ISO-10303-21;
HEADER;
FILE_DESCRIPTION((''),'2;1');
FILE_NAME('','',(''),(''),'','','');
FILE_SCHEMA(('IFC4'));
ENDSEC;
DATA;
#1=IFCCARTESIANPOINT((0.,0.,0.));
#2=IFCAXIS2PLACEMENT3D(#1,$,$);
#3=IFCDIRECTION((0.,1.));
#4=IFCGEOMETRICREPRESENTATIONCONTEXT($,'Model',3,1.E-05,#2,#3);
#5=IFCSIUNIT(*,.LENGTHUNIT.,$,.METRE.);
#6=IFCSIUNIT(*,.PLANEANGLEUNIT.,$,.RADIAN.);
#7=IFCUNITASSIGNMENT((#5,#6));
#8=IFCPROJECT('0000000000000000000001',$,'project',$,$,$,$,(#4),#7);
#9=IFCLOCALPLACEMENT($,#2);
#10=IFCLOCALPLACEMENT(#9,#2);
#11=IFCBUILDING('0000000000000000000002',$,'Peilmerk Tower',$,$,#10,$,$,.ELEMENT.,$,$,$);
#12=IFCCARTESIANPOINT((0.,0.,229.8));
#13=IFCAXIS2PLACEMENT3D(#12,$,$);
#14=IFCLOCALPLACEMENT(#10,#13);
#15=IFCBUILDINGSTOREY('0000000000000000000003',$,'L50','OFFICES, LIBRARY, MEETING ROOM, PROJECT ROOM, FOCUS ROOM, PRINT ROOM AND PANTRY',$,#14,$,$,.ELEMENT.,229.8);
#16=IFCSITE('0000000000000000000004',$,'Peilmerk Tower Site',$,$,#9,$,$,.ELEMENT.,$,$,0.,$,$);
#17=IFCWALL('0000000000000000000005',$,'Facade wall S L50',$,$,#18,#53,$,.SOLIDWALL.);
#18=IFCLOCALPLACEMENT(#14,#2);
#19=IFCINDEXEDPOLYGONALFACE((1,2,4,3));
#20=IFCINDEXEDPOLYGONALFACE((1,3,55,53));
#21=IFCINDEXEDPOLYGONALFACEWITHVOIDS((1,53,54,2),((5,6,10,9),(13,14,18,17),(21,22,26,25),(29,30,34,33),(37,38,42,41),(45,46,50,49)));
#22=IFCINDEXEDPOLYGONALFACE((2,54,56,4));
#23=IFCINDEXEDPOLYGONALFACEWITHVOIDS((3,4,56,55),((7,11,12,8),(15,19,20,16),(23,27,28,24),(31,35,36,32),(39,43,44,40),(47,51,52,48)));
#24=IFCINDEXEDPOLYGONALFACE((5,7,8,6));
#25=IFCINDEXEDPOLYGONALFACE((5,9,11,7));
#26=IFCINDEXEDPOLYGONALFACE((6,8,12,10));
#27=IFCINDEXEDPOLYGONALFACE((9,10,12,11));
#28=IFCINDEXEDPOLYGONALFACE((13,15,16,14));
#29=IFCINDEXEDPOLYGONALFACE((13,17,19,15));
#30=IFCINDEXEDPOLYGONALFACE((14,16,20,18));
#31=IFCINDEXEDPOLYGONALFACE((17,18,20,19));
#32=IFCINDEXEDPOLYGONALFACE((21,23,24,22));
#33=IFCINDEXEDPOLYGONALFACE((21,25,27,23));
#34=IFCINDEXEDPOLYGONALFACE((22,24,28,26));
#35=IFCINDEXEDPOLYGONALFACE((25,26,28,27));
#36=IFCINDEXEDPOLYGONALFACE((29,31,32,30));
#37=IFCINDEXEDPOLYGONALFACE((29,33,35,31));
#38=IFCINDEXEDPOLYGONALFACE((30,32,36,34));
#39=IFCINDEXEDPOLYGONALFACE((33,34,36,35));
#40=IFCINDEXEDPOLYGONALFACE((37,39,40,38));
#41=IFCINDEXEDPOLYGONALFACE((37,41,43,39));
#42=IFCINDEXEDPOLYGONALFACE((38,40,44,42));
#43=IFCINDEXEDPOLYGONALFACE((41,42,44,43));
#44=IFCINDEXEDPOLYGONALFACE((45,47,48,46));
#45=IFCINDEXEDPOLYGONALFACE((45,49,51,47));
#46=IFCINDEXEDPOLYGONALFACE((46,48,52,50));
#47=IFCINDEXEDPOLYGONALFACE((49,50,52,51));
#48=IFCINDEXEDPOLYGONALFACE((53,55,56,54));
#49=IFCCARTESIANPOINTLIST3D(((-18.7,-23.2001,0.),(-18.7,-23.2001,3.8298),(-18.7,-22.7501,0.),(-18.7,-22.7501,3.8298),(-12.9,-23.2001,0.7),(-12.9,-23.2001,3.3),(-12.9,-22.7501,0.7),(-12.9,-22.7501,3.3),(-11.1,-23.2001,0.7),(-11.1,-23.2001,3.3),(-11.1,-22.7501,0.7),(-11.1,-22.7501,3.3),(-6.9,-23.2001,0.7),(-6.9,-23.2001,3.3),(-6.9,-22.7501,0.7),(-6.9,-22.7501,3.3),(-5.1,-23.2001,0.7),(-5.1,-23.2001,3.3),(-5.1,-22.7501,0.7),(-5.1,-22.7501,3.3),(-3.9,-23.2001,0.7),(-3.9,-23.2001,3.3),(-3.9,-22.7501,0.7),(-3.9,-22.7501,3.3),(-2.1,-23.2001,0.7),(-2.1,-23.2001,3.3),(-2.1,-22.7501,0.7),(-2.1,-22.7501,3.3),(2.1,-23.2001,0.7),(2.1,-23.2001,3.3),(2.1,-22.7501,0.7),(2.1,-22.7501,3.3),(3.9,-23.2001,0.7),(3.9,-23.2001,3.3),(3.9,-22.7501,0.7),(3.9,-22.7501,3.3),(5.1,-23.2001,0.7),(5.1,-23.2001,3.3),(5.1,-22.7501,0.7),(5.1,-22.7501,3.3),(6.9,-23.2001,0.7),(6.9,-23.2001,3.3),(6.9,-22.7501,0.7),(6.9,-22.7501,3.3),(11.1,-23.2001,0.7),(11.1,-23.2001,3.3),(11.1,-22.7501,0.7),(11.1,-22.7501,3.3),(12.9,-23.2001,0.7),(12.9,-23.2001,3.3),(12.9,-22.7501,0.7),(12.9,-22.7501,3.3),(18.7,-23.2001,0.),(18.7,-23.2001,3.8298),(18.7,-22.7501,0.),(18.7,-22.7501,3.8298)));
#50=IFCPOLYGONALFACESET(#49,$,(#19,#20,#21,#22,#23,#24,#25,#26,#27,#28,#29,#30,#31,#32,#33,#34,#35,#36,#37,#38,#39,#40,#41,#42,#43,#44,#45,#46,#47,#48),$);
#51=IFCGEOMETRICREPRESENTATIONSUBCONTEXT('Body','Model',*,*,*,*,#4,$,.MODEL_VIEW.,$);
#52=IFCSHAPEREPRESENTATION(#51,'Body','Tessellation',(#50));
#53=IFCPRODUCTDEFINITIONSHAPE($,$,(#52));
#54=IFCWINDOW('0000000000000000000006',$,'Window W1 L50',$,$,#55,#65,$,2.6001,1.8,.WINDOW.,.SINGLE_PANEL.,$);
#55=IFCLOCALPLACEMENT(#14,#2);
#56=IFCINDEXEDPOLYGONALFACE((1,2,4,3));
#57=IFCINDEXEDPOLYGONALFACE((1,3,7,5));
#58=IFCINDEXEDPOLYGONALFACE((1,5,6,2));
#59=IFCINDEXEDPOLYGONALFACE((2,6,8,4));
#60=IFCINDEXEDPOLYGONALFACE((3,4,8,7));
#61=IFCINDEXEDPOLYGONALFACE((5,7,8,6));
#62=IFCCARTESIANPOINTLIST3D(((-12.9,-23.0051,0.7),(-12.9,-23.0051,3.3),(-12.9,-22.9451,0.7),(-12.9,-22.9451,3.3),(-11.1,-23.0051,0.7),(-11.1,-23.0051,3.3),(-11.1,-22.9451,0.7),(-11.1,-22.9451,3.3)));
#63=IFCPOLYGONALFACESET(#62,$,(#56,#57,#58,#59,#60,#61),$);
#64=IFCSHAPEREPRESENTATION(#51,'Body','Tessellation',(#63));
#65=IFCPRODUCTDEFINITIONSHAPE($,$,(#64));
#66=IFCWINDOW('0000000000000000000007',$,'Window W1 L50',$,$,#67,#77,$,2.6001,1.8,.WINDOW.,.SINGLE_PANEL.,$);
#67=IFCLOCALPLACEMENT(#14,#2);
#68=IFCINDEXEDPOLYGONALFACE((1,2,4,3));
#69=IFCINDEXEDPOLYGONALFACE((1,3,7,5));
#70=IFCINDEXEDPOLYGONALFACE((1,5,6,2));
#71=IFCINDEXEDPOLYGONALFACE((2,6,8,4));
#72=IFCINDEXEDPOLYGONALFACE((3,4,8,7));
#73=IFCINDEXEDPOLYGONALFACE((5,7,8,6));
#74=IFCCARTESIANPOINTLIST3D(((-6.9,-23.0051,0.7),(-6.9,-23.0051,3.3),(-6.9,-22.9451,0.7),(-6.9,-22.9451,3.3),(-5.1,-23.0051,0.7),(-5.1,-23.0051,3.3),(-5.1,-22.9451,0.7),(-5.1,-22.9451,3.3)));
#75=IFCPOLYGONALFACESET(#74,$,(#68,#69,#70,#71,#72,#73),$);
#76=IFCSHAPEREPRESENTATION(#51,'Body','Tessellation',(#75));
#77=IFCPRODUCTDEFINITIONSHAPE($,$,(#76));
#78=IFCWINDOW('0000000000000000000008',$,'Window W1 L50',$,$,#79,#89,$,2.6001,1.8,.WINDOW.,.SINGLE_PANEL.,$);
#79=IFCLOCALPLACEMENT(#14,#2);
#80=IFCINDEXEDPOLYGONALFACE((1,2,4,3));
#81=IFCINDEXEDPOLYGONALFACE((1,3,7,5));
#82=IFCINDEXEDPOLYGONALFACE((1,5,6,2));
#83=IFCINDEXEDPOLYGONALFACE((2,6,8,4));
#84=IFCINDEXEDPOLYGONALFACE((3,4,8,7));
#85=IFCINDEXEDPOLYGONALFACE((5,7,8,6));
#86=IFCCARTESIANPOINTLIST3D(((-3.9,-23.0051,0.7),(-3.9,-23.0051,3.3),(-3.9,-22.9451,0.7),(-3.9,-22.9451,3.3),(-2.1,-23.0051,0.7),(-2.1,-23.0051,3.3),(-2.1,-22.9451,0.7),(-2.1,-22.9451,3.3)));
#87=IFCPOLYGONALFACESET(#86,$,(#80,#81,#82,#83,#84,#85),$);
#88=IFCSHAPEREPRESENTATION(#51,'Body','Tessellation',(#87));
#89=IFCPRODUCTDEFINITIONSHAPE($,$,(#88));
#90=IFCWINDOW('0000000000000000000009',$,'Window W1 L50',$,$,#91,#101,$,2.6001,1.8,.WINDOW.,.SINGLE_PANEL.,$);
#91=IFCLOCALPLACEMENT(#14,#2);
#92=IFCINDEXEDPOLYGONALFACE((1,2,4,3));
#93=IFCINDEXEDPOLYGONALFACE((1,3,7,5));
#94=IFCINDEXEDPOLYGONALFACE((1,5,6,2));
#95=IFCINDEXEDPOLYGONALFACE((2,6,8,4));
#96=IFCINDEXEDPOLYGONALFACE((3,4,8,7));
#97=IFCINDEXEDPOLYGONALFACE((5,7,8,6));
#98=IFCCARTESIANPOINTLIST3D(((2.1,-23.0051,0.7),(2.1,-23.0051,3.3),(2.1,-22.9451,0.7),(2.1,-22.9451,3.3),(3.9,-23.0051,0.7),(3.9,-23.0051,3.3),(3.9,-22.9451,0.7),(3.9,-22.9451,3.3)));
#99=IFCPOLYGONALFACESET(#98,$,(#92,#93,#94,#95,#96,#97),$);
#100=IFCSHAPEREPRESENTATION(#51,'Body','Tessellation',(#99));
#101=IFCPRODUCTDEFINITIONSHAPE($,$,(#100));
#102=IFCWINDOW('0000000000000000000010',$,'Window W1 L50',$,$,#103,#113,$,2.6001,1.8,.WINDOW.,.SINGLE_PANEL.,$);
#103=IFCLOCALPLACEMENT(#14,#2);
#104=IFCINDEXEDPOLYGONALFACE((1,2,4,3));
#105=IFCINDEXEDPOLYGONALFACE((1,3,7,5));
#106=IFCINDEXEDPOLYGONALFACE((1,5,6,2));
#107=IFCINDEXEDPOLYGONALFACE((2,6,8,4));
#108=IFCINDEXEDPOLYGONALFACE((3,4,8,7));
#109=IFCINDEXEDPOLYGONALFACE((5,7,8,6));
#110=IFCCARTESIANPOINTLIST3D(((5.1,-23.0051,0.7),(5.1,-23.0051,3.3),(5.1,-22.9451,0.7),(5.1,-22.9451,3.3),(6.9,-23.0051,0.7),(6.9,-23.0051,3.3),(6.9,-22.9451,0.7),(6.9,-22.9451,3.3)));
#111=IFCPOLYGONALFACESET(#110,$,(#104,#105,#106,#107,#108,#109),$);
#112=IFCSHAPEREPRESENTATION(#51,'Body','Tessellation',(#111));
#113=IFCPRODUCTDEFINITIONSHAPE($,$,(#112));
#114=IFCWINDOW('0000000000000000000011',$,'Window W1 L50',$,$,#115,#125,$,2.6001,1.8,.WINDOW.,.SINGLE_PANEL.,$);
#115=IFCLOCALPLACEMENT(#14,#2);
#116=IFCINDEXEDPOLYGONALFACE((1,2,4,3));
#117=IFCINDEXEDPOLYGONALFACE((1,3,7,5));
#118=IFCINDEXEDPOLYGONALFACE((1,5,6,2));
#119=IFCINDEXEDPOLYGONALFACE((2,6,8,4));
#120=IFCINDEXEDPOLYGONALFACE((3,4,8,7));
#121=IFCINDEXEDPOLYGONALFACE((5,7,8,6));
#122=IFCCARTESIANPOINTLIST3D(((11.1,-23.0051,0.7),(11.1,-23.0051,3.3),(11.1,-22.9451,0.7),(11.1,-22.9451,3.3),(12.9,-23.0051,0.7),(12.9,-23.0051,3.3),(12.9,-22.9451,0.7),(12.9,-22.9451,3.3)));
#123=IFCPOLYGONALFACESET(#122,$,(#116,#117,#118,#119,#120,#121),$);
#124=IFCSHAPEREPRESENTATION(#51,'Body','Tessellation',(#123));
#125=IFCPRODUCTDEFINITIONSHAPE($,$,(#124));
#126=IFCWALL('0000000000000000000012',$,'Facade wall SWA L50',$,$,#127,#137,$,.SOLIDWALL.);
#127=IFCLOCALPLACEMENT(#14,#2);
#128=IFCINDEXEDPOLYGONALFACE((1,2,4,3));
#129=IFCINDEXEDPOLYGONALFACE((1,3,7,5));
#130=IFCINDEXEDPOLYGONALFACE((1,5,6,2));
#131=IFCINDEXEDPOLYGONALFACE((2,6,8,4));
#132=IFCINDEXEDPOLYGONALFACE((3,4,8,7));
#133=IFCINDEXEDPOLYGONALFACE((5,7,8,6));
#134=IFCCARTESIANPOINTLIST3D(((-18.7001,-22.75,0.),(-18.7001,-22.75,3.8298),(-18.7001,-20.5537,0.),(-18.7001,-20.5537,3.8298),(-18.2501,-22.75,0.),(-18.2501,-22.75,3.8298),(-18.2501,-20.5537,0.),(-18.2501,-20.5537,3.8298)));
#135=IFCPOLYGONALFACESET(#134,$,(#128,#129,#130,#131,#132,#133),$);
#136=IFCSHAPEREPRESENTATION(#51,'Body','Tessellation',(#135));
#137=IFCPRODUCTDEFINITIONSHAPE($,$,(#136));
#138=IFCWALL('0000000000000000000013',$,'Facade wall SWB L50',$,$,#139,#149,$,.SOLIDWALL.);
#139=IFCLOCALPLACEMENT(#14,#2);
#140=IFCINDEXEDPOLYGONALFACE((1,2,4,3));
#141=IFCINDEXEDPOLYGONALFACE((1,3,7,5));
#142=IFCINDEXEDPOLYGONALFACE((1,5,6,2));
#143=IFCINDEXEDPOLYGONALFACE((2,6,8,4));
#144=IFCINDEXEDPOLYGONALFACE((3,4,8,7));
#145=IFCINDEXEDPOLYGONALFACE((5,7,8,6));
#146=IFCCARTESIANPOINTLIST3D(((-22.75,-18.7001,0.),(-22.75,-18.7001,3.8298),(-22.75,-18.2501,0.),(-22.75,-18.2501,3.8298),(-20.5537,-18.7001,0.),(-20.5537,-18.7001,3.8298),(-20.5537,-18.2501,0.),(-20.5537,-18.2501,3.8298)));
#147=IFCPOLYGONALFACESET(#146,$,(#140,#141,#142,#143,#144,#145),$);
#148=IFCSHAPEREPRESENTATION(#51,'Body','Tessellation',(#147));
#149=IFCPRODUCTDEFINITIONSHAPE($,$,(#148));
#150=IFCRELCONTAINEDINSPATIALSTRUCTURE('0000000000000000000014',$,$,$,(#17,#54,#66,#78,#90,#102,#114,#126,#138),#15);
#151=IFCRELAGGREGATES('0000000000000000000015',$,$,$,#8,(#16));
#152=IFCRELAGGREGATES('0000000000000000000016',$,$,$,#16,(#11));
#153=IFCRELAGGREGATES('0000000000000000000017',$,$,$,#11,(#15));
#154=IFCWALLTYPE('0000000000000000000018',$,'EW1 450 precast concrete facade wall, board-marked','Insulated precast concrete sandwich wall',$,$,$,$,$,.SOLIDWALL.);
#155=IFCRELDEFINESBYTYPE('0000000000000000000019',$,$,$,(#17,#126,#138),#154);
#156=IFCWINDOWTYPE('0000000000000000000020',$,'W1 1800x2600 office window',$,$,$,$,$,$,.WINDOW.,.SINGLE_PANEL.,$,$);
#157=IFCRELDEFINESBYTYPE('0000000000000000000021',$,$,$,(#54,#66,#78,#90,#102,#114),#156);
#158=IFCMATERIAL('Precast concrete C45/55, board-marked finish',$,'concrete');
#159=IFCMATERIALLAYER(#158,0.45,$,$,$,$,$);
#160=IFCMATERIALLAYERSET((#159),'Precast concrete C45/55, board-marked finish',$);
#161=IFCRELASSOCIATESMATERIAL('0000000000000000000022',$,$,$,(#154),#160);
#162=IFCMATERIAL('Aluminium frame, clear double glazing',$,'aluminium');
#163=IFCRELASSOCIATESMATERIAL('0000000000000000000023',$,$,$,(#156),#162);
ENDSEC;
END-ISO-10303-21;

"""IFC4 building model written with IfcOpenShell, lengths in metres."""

from ifc_helpers import new_model, si_unit, direction, frame, frame_2d, origin, place, context, subcontext, project, spatial, rectangle, extrude, material, layer, layer_set, type_object, element, fill, save


model = new_model("IFC4")

# Units and contexts
model_context = context("Model", 3, precision=1e-05, world=origin(), true_north=direction((0.0, 1.0)))
body_context = subcontext(model_context, "Body", "Model", "MODEL_VIEW")
ifc_project = project(units=[si_unit("LENGTHUNIT", "METRE"), si_unit("PLANEANGLEUNIT", "RADIAN")], contexts=[model_context])

# Site, building, storey
site_placement = place(None, origin())
site = spatial("IfcSite", under=ifc_project, at=site_placement, Name="Peilmerk Tower Site", CompositionType="ELEMENT", RefElevation=0.0)
building_placement = place(site_placement, origin())
building = spatial("IfcBuilding", under=site, at=building_placement, Name="Peilmerk Tower", CompositionType="ELEMENT")
storey_placement = place(building_placement, frame((0.0, 0.0, 229.8)))
storey = spatial("IfcBuildingStorey", under=building, at=storey_placement, Name="L50", Description="OFFICES, LIBRARY, MEETING ROOM, PROJECT ROOM, FOCUS ROOM, PRINT ROOM AND PANTRY", CompositionType="ELEMENT", Elevation=229.8)

# Wall, openings, windows
ifc_material_1 = material(Name="Precast concrete C45/55, board-marked finish", Category="concrete")
ifc_layer_1 = layer(ifc_material_1, 0.45)
ifc_layer_set_1 = layer_set([ifc_layer_1], Name="Precast concrete C45/55, board-marked finish")
wall_type = type_object("IfcWallType", Name="EW1 450 precast concrete facade wall, board-marked", Description="Insulated precast concrete sandwich wall", PredefinedType="SOLIDWALL", material=ifc_layer_set_1)
wall_placement = place(storey_placement, frame((-18.7, -22.9751, 0.0), z_axis=(0.0, 0.0, 1.0), x_axis=(1.0, 0.0, 0.0)))
wall = element("IfcWall", 1, at=wall_placement, inside=storey, type_object=wall_type, Name="Facade wall S L50", PredefinedType="SOLIDWALL", context=body_context, shape_type="SweptSolid", body=[
    extrude(rectangle(XDim=37.3999, YDim=0.45, at=frame_2d((18.7, 0.0))), origin(), (0.0, 0.0, 1.0), 3.8298),
])
opening_1_placement = place(wall_placement, frame((5.8, 0.0, 0.7)))
opening_1 = element("IfcOpeningElement", 2, at=opening_1_placement, cuts=wall, PredefinedType="OPENING", context=body_context, shape_type="SweptSolid", body=[
    extrude(rectangle(XDim=1.8, YDim=2.6001, at=frame_2d((0.8999, 1.3))), frame((0.0, 0.2349, 0.0), z_axis=(0.0, -1.0, 0.0), x_axis=(1.0, 0.0, 0.0)), (0.0, 0.0, 1.0), 0.47),
])
opening_2_placement = place(wall_placement, frame((11.8, 0.0, 0.7)))
opening_2 = element("IfcOpeningElement", 3, at=opening_2_placement, cuts=wall, PredefinedType="OPENING", context=body_context, shape_type="SweptSolid", body=[
    extrude(rectangle(XDim=1.8, YDim=2.6001, at=frame_2d((0.8999, 1.3))), frame((0.0, 0.2349, 0.0), z_axis=(0.0, -1.0, 0.0), x_axis=(1.0, 0.0, 0.0)), (0.0, 0.0, 1.0), 0.47),
])
opening_3_placement = place(wall_placement, frame((14.8, 0.0, 0.7)))
opening_3 = element("IfcOpeningElement", 4, at=opening_3_placement, cuts=wall, PredefinedType="OPENING", context=body_context, shape_type="SweptSolid", body=[
    extrude(rectangle(XDim=1.8, YDim=2.6001, at=frame_2d((0.8999, 1.3))), frame((0.0, 0.2349, 0.0), z_axis=(0.0, -1.0, 0.0), x_axis=(1.0, 0.0, 0.0)), (0.0, 0.0, 1.0), 0.47),
])
opening_4_placement = place(wall_placement, frame((20.8, 0.0, 0.7)))
opening_4 = element("IfcOpeningElement", 5, at=opening_4_placement, cuts=wall, PredefinedType="OPENING", context=body_context, shape_type="SweptSolid", body=[
    extrude(rectangle(XDim=1.8, YDim=2.6001, at=frame_2d((0.8999, 1.3))), frame((0.0, 0.2349, 0.0), z_axis=(0.0, -1.0, 0.0), x_axis=(1.0, 0.0, 0.0)), (0.0, 0.0, 1.0), 0.47),
])
opening_5_placement = place(wall_placement, frame((23.8, 0.0, 0.7)))
opening_5 = element("IfcOpeningElement", 6, at=opening_5_placement, cuts=wall, PredefinedType="OPENING", context=body_context, shape_type="SweptSolid", body=[
    extrude(rectangle(XDim=1.8, YDim=2.6001, at=frame_2d((0.8999, 1.3))), frame((0.0, 0.2349, 0.0), z_axis=(0.0, -1.0, 0.0), x_axis=(1.0, 0.0, 0.0)), (0.0, 0.0, 1.0), 0.47),
])
opening_6_placement = place(wall_placement, frame((29.8, 0.0, 0.7)))
opening_6 = element("IfcOpeningElement", 7, at=opening_6_placement, cuts=wall, PredefinedType="OPENING", context=body_context, shape_type="SweptSolid", body=[
    extrude(rectangle(XDim=1.8, YDim=2.6001, at=frame_2d((0.8999, 1.3))), frame((0.0, 0.2349, 0.0), z_axis=(0.0, -1.0, 0.0), x_axis=(1.0, 0.0, 0.0)), (0.0, 0.0, 1.0), 0.47),
])
ifc_material_2 = material(Name="Aluminium frame, clear double glazing", Category="aluminium")
window_type = type_object("IfcWindowType", Name="W1 1800x2600 office window", PartitioningType="SINGLE_PANEL", PredefinedType="WINDOW", material=ifc_material_2)
window_1_placement = place(opening_1_placement, origin())
window_1 = element("IfcWindow", 8, at=window_1_placement, inside=storey, type_object=window_type, Name="Window W1 L50", OverallHeight=2.6001, OverallWidth=1.8, PartitioningType="SINGLE_PANEL", PredefinedType="WINDOW", context=body_context, shape_type="SweptSolid", body=[
    extrude(rectangle(XDim=1.8, YDim=2.6001, at=frame_2d((0.8999, 1.3))), frame((0.0, 0.03, 0.0), z_axis=(0.0, -1.0, 0.0), x_axis=(1.0, 0.0, 0.0)), (0.0, 0.0, 1.0), 0.0601),
])
fill(opening_1, window_1)
window_2_placement = place(opening_2_placement, origin())
window_2 = element("IfcWindow", 9, at=window_2_placement, inside=storey, type_object=window_type, Name="Window W1 L50", OverallHeight=2.6001, OverallWidth=1.8, PartitioningType="SINGLE_PANEL", PredefinedType="WINDOW", context=body_context, shape_type="SweptSolid", body=[
    extrude(rectangle(XDim=1.8, YDim=2.6001, at=frame_2d((0.8999, 1.3))), frame((0.0, 0.03, 0.0), z_axis=(0.0, -1.0, 0.0), x_axis=(1.0, 0.0, 0.0)), (0.0, 0.0, 1.0), 0.0601),
])
fill(opening_2, window_2)
window_3_placement = place(opening_3_placement, origin())
window_3 = element("IfcWindow", 10, at=window_3_placement, inside=storey, type_object=window_type, Name="Window W1 L50", OverallHeight=2.6001, OverallWidth=1.8, PartitioningType="SINGLE_PANEL", PredefinedType="WINDOW", context=body_context, shape_type="SweptSolid", body=[
    extrude(rectangle(XDim=1.8, YDim=2.6001, at=frame_2d((0.8999, 1.3))), frame((0.0, 0.03, 0.0), z_axis=(0.0, -1.0, 0.0), x_axis=(1.0, 0.0, 0.0)), (0.0, 0.0, 1.0), 0.0601),
])
fill(opening_3, window_3)
window_4_placement = place(opening_4_placement, origin())
window_4 = element("IfcWindow", 11, at=window_4_placement, inside=storey, type_object=window_type, Name="Window W1 L50", OverallHeight=2.6001, OverallWidth=1.8, PartitioningType="SINGLE_PANEL", PredefinedType="WINDOW", context=body_context, shape_type="SweptSolid", body=[
    extrude(rectangle(XDim=1.8, YDim=2.6001, at=frame_2d((0.8999, 1.3))), frame((0.0, 0.03, 0.0), z_axis=(0.0, -1.0, 0.0), x_axis=(1.0, 0.0, 0.0)), (0.0, 0.0, 1.0), 0.0601),
])
fill(opening_4, window_4)
window_5_placement = place(opening_5_placement, origin())
window_5 = element("IfcWindow", 12, at=window_5_placement, inside=storey, type_object=window_type, Name="Window W1 L50", OverallHeight=2.6001, OverallWidth=1.8, PartitioningType="SINGLE_PANEL", PredefinedType="WINDOW", context=body_context, shape_type="SweptSolid", body=[
    extrude(rectangle(XDim=1.8, YDim=2.6001, at=frame_2d((0.8999, 1.3))), frame((0.0, 0.03, 0.0), z_axis=(0.0, -1.0, 0.0), x_axis=(1.0, 0.0, 0.0)), (0.0, 0.0, 1.0), 0.0601),
])
fill(opening_5, window_5)
window_6_placement = place(opening_6_placement, origin())
window_6 = element("IfcWindow", 13, at=window_6_placement, inside=storey, type_object=window_type, Name="Window W1 L50", OverallHeight=2.6001, OverallWidth=1.8, PartitioningType="SINGLE_PANEL", PredefinedType="WINDOW", context=body_context, shape_type="SweptSolid", body=[
    extrude(rectangle(XDim=1.8, YDim=2.6001, at=frame_2d((0.8999, 1.3))), frame((0.0, 0.03, 0.0), z_axis=(0.0, -1.0, 0.0), x_axis=(1.0, 0.0, 0.0)), (0.0, 0.0, 1.0), 0.0601),
])
fill(opening_6, window_6)

# Walls
for number, where, z_axis, x_axis, name in (
    (14, (-18.4751, -20.5537, 0.0), (0.0, 0.0, 1.0), (0.0, -1.0, 0.0), "Facade wall SWA L50"),
    (15, (-20.5537, -18.4751, 0.0), (0.0, 0.0, 1.0), (-1.0, 0.0, 0.0), "Facade wall SWB L50"),
):
    element("IfcWall", number, at=place(storey_placement, frame(where, z_axis=z_axis, x_axis=x_axis)), inside=storey, type_object=wall_type, Name=name, PredefinedType="SOLIDWALL", context=body_context, shape_type="SweptSolid", body=[
        extrude(rectangle(XDim=2.1963, YDim=0.45, at=frame_2d((1.0981, 0.0))), origin(), (0.0, 0.0, 1.0), 3.8298),
    ])

save(model, "model.ifc")
